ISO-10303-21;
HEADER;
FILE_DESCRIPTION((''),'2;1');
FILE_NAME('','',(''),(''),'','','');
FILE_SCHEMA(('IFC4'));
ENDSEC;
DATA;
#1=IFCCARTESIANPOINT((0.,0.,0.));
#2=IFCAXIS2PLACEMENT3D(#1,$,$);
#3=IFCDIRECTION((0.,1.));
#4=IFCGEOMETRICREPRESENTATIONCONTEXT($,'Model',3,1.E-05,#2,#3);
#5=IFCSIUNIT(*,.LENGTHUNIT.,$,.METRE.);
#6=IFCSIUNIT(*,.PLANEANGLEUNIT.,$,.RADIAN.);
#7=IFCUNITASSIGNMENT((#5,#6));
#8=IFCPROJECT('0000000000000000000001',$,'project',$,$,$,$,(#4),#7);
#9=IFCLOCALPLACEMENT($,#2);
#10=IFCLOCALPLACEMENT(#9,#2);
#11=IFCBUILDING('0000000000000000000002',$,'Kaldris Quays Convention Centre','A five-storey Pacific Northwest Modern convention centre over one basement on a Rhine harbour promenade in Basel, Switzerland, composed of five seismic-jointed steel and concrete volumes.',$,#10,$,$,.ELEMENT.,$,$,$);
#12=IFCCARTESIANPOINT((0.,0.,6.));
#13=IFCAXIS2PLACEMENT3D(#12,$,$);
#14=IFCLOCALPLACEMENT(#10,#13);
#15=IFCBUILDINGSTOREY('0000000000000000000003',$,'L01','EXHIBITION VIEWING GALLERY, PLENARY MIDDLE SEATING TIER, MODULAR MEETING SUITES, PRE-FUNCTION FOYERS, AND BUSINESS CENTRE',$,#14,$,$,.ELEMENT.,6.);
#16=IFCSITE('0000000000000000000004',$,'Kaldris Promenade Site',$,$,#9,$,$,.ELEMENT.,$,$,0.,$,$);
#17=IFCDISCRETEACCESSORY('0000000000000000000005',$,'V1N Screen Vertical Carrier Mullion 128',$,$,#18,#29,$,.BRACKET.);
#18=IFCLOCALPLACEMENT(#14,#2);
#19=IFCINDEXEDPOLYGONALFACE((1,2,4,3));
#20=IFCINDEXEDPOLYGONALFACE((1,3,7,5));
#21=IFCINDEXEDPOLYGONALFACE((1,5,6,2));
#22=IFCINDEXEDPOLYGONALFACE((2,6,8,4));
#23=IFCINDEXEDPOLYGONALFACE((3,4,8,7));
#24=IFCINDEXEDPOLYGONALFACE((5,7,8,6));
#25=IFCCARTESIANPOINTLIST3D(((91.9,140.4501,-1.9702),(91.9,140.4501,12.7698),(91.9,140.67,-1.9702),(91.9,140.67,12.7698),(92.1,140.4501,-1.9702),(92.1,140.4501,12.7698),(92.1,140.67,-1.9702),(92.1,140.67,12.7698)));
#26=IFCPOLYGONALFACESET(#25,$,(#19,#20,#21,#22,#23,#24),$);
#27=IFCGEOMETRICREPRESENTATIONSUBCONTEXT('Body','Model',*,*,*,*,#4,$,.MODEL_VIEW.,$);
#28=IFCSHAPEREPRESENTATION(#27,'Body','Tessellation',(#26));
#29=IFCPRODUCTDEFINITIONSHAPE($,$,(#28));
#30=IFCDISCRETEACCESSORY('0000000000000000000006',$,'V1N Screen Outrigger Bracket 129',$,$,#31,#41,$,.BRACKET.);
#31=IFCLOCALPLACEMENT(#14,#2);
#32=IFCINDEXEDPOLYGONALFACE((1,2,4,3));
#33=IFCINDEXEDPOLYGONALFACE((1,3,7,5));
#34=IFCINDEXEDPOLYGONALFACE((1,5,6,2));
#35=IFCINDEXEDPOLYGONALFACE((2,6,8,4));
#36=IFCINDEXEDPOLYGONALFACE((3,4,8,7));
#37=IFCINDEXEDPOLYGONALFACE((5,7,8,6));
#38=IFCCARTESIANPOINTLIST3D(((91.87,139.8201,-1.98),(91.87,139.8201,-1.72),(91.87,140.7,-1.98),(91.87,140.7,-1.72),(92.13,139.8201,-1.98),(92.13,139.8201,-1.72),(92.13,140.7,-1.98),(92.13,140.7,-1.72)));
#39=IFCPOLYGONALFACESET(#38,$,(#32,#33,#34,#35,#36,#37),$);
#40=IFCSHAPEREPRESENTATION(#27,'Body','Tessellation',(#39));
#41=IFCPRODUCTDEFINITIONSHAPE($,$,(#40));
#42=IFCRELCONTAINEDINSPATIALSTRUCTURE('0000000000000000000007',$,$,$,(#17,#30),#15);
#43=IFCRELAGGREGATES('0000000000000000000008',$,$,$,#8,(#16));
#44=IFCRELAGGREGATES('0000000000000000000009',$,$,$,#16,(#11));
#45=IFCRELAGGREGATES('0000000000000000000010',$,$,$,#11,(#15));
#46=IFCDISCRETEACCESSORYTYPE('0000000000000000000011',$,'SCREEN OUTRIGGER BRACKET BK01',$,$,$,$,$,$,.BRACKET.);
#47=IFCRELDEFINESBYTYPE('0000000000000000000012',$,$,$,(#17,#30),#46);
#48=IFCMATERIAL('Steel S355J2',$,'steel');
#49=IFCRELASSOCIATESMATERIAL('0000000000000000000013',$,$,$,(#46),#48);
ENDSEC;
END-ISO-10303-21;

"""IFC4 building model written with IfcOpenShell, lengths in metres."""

from ifc_helpers import new_model, si_unit, direction, frame, origin, origin_2d, place, context, subcontext, project, spatial, rectangle, extrude, material, type_object, element, save


model = new_model("IFC4")

# Units and contexts
model_context = context("Model", 3, precision=1e-05, world=origin(), true_north=direction((0.0, 1.0)))
body_context = subcontext(model_context, "Body", "Model", "MODEL_VIEW")
ifc_project = project(units=[si_unit("LENGTHUNIT", "METRE"), si_unit("PLANEANGLEUNIT", "RADIAN")], contexts=[model_context])

# Site, building, storey
site_placement = place(None, origin())
site = spatial("IfcSite", under=ifc_project, at=site_placement, Name="Kaldris Promenade Site", CompositionType="ELEMENT", RefElevation=0.0)
building_placement = place(site_placement, origin())
building = spatial("IfcBuilding", under=site, at=building_placement, Name="Kaldris Quays Convention Centre", Description="A five-storey Pacific Northwest Modern convention centre over one basement on a Rhine harbour promenade in Basel, Switzerland, composed of five seismic-jointed steel and concrete volumes.", CompositionType="ELEMENT")
storey_placement = place(building_placement, frame((0.0, 0.0, 6.0)))
storey = spatial("IfcBuildingStorey", under=building, at=storey_placement, Name="L01", Description="EXHIBITION VIEWING GALLERY, PLENARY MIDDLE SEATING TIER, MODULAR MEETING SUITES, PRE-FUNCTION FOYERS, AND BUSINESS CENTRE", CompositionType="ELEMENT", Elevation=6.0)

# Shared definitions
ifc_material_1 = material(Name="Steel S355J2", Category="steel")

# Discrete accessories
discrete_accessory_type = type_object("IfcDiscreteAccessoryType", Name="SCREEN OUTRIGGER BRACKET BK01", PredefinedType="BRACKET", material=ifc_material_1)
discrete_accessory_1_placement = place(storey_placement, frame((92.0, 140.5601, -1.9702), z_axis=(0.0, 0.0, 1.0), x_axis=(1.0, 0.0, 0.0)))
element("IfcDiscreteAccessory", 1, at=discrete_accessory_1_placement, inside=storey, type_object=discrete_accessory_type, Name="V1N Screen Vertical Carrier Mullion 128", PredefinedType="BRACKET", context=body_context, shape_type="SweptSolid", body=[
    extrude(rectangle(XDim=0.2, YDim=0.22, at=origin_2d()), origin(), (0.0, 0.0, 1.0), 14.74),
])
discrete_accessory_2_placement = place(storey_placement, frame((92.0, 140.26, -1.98), z_axis=(0.0, 0.0, 1.0), x_axis=(1.0, 0.0, 0.0)))
element("IfcDiscreteAccessory", 2, at=discrete_accessory_2_placement, inside=storey, type_object=discrete_accessory_type, Name="V1N Screen Outrigger Bracket 129", PredefinedType="BRACKET", context=body_context, shape_type="SweptSolid", body=[
    extrude(rectangle(XDim=0.26, YDim=0.8799, at=origin_2d()), origin(), (0.0, 0.0, 1.0), 0.26),
])

save(model, "model.ifc")
